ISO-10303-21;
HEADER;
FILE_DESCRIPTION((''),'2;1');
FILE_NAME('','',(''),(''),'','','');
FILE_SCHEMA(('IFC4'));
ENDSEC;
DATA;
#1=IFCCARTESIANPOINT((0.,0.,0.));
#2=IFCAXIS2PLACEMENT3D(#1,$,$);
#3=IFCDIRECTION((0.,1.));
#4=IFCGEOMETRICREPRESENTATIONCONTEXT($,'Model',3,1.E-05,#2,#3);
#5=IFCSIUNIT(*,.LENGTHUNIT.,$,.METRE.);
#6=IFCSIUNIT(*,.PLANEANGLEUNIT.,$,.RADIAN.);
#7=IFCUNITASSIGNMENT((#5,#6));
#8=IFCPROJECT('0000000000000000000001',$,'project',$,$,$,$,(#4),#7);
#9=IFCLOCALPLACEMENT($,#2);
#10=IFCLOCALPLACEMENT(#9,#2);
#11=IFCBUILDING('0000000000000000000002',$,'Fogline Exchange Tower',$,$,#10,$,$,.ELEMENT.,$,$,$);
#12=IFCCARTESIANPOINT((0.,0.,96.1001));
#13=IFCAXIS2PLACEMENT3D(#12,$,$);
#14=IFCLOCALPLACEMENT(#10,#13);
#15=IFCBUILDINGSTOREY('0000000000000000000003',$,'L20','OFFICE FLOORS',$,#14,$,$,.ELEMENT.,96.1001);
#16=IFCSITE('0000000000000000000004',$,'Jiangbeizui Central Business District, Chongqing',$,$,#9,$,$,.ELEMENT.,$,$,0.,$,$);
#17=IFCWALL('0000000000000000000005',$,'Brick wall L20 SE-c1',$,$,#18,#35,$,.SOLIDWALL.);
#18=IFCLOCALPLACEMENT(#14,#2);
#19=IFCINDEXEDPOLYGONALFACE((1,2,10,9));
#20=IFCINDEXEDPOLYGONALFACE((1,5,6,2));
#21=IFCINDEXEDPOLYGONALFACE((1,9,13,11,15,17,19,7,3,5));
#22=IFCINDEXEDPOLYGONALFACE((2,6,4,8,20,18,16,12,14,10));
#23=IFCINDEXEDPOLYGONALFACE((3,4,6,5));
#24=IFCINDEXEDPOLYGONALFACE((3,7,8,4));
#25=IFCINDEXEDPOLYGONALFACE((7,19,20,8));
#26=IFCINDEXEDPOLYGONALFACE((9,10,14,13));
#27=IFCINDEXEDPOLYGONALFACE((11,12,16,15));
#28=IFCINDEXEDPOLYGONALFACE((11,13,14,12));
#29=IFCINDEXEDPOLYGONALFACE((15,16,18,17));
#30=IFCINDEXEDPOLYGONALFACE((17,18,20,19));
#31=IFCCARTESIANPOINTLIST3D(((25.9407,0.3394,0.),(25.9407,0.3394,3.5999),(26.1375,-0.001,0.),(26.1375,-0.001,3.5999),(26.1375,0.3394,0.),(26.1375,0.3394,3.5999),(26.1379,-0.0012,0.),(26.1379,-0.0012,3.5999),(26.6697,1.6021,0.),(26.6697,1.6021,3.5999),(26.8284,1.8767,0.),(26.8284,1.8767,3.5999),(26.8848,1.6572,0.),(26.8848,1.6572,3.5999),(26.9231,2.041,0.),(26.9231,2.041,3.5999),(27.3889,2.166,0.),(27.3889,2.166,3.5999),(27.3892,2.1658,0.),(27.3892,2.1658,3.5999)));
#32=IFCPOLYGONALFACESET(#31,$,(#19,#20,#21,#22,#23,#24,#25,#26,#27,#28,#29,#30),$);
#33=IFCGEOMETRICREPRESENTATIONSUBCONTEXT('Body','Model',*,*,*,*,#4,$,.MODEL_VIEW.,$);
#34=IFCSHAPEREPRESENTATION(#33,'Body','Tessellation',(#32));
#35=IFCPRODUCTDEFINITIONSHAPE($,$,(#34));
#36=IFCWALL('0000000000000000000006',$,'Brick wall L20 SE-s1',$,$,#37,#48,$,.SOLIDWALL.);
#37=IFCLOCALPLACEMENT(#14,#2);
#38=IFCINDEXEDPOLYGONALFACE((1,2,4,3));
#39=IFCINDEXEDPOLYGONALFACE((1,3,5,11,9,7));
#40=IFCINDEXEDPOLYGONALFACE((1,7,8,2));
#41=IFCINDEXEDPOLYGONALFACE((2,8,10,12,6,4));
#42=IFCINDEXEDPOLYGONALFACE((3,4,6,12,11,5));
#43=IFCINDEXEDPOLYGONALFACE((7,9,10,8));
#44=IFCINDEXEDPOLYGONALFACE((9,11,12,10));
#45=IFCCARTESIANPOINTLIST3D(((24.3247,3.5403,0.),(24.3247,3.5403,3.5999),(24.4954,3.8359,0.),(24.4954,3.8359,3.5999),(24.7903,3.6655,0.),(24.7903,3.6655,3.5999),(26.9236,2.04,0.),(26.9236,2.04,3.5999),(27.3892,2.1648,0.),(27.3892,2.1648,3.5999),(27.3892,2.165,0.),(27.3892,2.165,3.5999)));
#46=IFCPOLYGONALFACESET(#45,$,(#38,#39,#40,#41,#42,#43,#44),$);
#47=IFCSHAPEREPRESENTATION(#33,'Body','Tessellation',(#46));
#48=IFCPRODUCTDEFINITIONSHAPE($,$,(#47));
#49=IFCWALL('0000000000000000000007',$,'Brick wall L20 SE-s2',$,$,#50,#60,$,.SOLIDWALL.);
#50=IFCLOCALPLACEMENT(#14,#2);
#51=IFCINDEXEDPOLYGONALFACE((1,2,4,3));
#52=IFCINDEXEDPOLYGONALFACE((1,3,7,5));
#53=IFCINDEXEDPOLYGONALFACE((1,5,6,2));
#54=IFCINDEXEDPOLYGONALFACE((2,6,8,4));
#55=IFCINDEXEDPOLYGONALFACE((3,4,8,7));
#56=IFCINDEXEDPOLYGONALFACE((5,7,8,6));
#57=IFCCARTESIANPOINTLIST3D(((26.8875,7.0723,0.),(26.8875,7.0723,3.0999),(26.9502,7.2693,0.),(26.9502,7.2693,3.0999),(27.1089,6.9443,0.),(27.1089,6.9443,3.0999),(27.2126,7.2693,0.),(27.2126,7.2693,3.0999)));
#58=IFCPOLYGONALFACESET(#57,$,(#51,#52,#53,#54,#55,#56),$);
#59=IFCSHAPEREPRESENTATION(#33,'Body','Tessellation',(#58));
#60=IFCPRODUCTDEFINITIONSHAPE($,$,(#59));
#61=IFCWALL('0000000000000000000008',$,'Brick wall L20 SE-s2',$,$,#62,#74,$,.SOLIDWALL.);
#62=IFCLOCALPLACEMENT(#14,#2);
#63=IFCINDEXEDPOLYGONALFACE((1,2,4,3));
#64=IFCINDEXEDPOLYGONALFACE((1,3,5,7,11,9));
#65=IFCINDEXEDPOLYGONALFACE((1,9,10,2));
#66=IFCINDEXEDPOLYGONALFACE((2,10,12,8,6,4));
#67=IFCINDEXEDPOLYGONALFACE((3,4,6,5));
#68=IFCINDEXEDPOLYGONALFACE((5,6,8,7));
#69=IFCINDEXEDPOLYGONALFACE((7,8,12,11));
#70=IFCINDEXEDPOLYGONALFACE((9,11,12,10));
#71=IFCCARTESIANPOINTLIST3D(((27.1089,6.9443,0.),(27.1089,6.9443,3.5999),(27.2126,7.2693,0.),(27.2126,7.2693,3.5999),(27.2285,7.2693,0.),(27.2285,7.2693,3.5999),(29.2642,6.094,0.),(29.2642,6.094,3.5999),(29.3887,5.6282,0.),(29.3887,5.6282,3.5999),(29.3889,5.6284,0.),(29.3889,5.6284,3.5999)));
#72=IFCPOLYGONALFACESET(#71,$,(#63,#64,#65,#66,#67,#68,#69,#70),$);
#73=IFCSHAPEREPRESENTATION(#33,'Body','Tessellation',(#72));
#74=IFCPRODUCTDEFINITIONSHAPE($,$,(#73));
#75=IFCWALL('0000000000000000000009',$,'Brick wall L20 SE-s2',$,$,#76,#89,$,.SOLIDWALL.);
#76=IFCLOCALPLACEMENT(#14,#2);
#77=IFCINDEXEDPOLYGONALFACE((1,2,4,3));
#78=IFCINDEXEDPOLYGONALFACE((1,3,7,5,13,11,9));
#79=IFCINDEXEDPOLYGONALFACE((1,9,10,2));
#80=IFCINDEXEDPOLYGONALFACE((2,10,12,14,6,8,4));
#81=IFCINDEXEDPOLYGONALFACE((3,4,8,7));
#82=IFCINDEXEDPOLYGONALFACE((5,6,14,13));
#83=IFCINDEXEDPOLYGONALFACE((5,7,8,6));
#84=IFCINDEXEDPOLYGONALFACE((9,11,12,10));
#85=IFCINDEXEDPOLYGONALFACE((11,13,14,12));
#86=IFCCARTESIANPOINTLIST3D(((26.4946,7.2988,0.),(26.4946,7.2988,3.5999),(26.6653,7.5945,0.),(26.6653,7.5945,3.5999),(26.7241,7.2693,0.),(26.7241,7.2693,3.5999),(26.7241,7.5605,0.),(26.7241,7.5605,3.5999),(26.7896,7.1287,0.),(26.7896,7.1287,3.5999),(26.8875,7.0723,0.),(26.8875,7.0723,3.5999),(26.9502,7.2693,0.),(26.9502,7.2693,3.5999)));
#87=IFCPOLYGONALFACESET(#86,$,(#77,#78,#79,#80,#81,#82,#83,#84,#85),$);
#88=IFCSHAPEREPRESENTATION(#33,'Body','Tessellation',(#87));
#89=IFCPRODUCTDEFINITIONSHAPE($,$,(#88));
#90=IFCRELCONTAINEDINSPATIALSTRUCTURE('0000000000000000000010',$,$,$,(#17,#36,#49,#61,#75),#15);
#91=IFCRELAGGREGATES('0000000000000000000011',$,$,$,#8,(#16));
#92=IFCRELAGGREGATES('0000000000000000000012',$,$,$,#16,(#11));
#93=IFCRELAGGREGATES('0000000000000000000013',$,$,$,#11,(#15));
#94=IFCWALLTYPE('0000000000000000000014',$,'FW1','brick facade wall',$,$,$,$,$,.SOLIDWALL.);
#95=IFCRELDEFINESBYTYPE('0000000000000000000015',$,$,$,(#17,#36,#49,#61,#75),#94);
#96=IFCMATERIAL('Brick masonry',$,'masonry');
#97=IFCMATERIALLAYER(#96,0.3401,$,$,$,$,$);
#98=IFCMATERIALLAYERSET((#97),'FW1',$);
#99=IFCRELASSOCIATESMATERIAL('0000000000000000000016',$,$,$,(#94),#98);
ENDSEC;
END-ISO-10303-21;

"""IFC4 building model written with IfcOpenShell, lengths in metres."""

from ifc_helpers import new_model, si_unit, direction, frame, origin, place, context, subcontext, project, spatial, polyline, outline, extrude, material, layer, layer_set, type_object, element, save


model = new_model("IFC4")

# Units and contexts
model_context = context("Model", 3, precision=1e-05, world=origin(), true_north=direction((0.0, 1.0)))
body_context = subcontext(model_context, "Body", "Model", "MODEL_VIEW")
ifc_project = project(units=[si_unit("LENGTHUNIT", "METRE"), si_unit("PLANEANGLEUNIT", "RADIAN")], contexts=[model_context])

# Site, building, storey
site_placement = place(None, origin())
site = spatial("IfcSite", under=ifc_project, at=site_placement, Name="Jiangbeizui Central Business District, Chongqing", CompositionType="ELEMENT", RefElevation=0.0)
building_placement = place(site_placement, origin())
building = spatial("IfcBuilding", under=site, at=building_placement, Name="Fogline Exchange Tower", CompositionType="ELEMENT")
storey_placement = place(building_placement, frame((0.0, 0.0, 96.1001)))
storey = spatial("IfcBuildingStorey", under=building, at=storey_placement, Name="L20", Description="OFFICE FLOORS", CompositionType="ELEMENT", Elevation=96.1001)

# Walls
ifc_material_1 = material(Name="Brick masonry", Category="masonry")
ifc_layer_1 = layer(ifc_material_1, 0.3401)
ifc_layer_set_1 = layer_set([ifc_layer_1], Name="FW1")
wall_type = type_object("IfcWallType", Name="FW1", Description="brick facade wall", PredefinedType="SOLIDWALL", material=ifc_layer_set_1)
wall_1_placement = place(storey_placement, origin())
element("IfcWall", 1, at=wall_1_placement, inside=storey, type_object=wall_type, Name="Brick wall L20 SE-c1", PredefinedType="SOLIDWALL", context=body_context, shape_type="SweptSolid", body=[
    extrude(outline(polyline([(26.1379, -0.0012), (26.1375, -0.001), (26.1375, 0.3394), (25.9407, 0.3394), (26.6697, 1.6021), (26.8848, 1.6572), (26.8284, 1.8767), (26.9231, 2.041), (27.3889, 2.166), (27.3892, 2.1658), (26.1379, -0.0012)])), origin(), (0.0, 0.0, 1.0), 3.5999),
])
wall_2_placement = place(storey_placement, origin())
element("IfcWall", 2, at=wall_2_placement, inside=storey, type_object=wall_type, Name="Brick wall L20 SE-s1", PredefinedType="SOLIDWALL", context=body_context, shape_type="SweptSolid", body=[
    extrude(outline(polyline([(24.3247, 3.5403), (24.4954, 3.8359), (24.7903, 3.6655), (27.3892, 2.165), (27.3892, 2.1648), (26.9236, 2.04), (24.3247, 3.5403)])), origin(), (0.0, 0.0, 1.0), 3.5999),
])
wall_3_placement = place(storey_placement, origin())
element("IfcWall", 3, at=wall_3_placement, inside=storey, type_object=wall_type, Name="Brick wall L20 SE-s2", PredefinedType="SOLIDWALL", context=body_context, shape_type="SweptSolid", body=[
    extrude(outline(polyline([(26.8875, 7.0723), (26.9502, 7.2693), (27.2126, 7.2693), (27.1089, 6.9443), (26.8875, 7.0723)])), origin(), (0.0, 0.0, 1.0), 3.0999),
])
wall_4_placement = place(storey_placement, origin())
element("IfcWall", 4, at=wall_4_placement, inside=storey, type_object=wall_type, Name="Brick wall L20 SE-s2", PredefinedType="SOLIDWALL", context=body_context, shape_type="SweptSolid", body=[
    extrude(outline(polyline([(27.1089, 6.9443), (27.2126, 7.2693), (27.2285, 7.2693), (29.2642, 6.094), (29.3889, 5.6284), (29.3887, 5.6282), (27.1089, 6.9443)])), origin(), (0.0, 0.0, 1.0), 3.5999),
])
wall_5_placement = place(storey_placement, origin())
element("IfcWall", 5, at=wall_5_placement, inside=storey, type_object=wall_type, Name="Brick wall L20 SE-s2", PredefinedType="SOLIDWALL", context=body_context, shape_type="SweptSolid", body=[
    extrude(outline(polyline([(26.7896, 7.1287), (26.4946, 7.2988), (26.6653, 7.5945), (26.7241, 7.5605), (26.7241, 7.2693), (26.9502, 7.2693), (26.8875, 7.0723), (26.7896, 7.1287)])), origin(), (0.0, 0.0, 1.0), 3.5999),
])

save(model, "model.ifc")
